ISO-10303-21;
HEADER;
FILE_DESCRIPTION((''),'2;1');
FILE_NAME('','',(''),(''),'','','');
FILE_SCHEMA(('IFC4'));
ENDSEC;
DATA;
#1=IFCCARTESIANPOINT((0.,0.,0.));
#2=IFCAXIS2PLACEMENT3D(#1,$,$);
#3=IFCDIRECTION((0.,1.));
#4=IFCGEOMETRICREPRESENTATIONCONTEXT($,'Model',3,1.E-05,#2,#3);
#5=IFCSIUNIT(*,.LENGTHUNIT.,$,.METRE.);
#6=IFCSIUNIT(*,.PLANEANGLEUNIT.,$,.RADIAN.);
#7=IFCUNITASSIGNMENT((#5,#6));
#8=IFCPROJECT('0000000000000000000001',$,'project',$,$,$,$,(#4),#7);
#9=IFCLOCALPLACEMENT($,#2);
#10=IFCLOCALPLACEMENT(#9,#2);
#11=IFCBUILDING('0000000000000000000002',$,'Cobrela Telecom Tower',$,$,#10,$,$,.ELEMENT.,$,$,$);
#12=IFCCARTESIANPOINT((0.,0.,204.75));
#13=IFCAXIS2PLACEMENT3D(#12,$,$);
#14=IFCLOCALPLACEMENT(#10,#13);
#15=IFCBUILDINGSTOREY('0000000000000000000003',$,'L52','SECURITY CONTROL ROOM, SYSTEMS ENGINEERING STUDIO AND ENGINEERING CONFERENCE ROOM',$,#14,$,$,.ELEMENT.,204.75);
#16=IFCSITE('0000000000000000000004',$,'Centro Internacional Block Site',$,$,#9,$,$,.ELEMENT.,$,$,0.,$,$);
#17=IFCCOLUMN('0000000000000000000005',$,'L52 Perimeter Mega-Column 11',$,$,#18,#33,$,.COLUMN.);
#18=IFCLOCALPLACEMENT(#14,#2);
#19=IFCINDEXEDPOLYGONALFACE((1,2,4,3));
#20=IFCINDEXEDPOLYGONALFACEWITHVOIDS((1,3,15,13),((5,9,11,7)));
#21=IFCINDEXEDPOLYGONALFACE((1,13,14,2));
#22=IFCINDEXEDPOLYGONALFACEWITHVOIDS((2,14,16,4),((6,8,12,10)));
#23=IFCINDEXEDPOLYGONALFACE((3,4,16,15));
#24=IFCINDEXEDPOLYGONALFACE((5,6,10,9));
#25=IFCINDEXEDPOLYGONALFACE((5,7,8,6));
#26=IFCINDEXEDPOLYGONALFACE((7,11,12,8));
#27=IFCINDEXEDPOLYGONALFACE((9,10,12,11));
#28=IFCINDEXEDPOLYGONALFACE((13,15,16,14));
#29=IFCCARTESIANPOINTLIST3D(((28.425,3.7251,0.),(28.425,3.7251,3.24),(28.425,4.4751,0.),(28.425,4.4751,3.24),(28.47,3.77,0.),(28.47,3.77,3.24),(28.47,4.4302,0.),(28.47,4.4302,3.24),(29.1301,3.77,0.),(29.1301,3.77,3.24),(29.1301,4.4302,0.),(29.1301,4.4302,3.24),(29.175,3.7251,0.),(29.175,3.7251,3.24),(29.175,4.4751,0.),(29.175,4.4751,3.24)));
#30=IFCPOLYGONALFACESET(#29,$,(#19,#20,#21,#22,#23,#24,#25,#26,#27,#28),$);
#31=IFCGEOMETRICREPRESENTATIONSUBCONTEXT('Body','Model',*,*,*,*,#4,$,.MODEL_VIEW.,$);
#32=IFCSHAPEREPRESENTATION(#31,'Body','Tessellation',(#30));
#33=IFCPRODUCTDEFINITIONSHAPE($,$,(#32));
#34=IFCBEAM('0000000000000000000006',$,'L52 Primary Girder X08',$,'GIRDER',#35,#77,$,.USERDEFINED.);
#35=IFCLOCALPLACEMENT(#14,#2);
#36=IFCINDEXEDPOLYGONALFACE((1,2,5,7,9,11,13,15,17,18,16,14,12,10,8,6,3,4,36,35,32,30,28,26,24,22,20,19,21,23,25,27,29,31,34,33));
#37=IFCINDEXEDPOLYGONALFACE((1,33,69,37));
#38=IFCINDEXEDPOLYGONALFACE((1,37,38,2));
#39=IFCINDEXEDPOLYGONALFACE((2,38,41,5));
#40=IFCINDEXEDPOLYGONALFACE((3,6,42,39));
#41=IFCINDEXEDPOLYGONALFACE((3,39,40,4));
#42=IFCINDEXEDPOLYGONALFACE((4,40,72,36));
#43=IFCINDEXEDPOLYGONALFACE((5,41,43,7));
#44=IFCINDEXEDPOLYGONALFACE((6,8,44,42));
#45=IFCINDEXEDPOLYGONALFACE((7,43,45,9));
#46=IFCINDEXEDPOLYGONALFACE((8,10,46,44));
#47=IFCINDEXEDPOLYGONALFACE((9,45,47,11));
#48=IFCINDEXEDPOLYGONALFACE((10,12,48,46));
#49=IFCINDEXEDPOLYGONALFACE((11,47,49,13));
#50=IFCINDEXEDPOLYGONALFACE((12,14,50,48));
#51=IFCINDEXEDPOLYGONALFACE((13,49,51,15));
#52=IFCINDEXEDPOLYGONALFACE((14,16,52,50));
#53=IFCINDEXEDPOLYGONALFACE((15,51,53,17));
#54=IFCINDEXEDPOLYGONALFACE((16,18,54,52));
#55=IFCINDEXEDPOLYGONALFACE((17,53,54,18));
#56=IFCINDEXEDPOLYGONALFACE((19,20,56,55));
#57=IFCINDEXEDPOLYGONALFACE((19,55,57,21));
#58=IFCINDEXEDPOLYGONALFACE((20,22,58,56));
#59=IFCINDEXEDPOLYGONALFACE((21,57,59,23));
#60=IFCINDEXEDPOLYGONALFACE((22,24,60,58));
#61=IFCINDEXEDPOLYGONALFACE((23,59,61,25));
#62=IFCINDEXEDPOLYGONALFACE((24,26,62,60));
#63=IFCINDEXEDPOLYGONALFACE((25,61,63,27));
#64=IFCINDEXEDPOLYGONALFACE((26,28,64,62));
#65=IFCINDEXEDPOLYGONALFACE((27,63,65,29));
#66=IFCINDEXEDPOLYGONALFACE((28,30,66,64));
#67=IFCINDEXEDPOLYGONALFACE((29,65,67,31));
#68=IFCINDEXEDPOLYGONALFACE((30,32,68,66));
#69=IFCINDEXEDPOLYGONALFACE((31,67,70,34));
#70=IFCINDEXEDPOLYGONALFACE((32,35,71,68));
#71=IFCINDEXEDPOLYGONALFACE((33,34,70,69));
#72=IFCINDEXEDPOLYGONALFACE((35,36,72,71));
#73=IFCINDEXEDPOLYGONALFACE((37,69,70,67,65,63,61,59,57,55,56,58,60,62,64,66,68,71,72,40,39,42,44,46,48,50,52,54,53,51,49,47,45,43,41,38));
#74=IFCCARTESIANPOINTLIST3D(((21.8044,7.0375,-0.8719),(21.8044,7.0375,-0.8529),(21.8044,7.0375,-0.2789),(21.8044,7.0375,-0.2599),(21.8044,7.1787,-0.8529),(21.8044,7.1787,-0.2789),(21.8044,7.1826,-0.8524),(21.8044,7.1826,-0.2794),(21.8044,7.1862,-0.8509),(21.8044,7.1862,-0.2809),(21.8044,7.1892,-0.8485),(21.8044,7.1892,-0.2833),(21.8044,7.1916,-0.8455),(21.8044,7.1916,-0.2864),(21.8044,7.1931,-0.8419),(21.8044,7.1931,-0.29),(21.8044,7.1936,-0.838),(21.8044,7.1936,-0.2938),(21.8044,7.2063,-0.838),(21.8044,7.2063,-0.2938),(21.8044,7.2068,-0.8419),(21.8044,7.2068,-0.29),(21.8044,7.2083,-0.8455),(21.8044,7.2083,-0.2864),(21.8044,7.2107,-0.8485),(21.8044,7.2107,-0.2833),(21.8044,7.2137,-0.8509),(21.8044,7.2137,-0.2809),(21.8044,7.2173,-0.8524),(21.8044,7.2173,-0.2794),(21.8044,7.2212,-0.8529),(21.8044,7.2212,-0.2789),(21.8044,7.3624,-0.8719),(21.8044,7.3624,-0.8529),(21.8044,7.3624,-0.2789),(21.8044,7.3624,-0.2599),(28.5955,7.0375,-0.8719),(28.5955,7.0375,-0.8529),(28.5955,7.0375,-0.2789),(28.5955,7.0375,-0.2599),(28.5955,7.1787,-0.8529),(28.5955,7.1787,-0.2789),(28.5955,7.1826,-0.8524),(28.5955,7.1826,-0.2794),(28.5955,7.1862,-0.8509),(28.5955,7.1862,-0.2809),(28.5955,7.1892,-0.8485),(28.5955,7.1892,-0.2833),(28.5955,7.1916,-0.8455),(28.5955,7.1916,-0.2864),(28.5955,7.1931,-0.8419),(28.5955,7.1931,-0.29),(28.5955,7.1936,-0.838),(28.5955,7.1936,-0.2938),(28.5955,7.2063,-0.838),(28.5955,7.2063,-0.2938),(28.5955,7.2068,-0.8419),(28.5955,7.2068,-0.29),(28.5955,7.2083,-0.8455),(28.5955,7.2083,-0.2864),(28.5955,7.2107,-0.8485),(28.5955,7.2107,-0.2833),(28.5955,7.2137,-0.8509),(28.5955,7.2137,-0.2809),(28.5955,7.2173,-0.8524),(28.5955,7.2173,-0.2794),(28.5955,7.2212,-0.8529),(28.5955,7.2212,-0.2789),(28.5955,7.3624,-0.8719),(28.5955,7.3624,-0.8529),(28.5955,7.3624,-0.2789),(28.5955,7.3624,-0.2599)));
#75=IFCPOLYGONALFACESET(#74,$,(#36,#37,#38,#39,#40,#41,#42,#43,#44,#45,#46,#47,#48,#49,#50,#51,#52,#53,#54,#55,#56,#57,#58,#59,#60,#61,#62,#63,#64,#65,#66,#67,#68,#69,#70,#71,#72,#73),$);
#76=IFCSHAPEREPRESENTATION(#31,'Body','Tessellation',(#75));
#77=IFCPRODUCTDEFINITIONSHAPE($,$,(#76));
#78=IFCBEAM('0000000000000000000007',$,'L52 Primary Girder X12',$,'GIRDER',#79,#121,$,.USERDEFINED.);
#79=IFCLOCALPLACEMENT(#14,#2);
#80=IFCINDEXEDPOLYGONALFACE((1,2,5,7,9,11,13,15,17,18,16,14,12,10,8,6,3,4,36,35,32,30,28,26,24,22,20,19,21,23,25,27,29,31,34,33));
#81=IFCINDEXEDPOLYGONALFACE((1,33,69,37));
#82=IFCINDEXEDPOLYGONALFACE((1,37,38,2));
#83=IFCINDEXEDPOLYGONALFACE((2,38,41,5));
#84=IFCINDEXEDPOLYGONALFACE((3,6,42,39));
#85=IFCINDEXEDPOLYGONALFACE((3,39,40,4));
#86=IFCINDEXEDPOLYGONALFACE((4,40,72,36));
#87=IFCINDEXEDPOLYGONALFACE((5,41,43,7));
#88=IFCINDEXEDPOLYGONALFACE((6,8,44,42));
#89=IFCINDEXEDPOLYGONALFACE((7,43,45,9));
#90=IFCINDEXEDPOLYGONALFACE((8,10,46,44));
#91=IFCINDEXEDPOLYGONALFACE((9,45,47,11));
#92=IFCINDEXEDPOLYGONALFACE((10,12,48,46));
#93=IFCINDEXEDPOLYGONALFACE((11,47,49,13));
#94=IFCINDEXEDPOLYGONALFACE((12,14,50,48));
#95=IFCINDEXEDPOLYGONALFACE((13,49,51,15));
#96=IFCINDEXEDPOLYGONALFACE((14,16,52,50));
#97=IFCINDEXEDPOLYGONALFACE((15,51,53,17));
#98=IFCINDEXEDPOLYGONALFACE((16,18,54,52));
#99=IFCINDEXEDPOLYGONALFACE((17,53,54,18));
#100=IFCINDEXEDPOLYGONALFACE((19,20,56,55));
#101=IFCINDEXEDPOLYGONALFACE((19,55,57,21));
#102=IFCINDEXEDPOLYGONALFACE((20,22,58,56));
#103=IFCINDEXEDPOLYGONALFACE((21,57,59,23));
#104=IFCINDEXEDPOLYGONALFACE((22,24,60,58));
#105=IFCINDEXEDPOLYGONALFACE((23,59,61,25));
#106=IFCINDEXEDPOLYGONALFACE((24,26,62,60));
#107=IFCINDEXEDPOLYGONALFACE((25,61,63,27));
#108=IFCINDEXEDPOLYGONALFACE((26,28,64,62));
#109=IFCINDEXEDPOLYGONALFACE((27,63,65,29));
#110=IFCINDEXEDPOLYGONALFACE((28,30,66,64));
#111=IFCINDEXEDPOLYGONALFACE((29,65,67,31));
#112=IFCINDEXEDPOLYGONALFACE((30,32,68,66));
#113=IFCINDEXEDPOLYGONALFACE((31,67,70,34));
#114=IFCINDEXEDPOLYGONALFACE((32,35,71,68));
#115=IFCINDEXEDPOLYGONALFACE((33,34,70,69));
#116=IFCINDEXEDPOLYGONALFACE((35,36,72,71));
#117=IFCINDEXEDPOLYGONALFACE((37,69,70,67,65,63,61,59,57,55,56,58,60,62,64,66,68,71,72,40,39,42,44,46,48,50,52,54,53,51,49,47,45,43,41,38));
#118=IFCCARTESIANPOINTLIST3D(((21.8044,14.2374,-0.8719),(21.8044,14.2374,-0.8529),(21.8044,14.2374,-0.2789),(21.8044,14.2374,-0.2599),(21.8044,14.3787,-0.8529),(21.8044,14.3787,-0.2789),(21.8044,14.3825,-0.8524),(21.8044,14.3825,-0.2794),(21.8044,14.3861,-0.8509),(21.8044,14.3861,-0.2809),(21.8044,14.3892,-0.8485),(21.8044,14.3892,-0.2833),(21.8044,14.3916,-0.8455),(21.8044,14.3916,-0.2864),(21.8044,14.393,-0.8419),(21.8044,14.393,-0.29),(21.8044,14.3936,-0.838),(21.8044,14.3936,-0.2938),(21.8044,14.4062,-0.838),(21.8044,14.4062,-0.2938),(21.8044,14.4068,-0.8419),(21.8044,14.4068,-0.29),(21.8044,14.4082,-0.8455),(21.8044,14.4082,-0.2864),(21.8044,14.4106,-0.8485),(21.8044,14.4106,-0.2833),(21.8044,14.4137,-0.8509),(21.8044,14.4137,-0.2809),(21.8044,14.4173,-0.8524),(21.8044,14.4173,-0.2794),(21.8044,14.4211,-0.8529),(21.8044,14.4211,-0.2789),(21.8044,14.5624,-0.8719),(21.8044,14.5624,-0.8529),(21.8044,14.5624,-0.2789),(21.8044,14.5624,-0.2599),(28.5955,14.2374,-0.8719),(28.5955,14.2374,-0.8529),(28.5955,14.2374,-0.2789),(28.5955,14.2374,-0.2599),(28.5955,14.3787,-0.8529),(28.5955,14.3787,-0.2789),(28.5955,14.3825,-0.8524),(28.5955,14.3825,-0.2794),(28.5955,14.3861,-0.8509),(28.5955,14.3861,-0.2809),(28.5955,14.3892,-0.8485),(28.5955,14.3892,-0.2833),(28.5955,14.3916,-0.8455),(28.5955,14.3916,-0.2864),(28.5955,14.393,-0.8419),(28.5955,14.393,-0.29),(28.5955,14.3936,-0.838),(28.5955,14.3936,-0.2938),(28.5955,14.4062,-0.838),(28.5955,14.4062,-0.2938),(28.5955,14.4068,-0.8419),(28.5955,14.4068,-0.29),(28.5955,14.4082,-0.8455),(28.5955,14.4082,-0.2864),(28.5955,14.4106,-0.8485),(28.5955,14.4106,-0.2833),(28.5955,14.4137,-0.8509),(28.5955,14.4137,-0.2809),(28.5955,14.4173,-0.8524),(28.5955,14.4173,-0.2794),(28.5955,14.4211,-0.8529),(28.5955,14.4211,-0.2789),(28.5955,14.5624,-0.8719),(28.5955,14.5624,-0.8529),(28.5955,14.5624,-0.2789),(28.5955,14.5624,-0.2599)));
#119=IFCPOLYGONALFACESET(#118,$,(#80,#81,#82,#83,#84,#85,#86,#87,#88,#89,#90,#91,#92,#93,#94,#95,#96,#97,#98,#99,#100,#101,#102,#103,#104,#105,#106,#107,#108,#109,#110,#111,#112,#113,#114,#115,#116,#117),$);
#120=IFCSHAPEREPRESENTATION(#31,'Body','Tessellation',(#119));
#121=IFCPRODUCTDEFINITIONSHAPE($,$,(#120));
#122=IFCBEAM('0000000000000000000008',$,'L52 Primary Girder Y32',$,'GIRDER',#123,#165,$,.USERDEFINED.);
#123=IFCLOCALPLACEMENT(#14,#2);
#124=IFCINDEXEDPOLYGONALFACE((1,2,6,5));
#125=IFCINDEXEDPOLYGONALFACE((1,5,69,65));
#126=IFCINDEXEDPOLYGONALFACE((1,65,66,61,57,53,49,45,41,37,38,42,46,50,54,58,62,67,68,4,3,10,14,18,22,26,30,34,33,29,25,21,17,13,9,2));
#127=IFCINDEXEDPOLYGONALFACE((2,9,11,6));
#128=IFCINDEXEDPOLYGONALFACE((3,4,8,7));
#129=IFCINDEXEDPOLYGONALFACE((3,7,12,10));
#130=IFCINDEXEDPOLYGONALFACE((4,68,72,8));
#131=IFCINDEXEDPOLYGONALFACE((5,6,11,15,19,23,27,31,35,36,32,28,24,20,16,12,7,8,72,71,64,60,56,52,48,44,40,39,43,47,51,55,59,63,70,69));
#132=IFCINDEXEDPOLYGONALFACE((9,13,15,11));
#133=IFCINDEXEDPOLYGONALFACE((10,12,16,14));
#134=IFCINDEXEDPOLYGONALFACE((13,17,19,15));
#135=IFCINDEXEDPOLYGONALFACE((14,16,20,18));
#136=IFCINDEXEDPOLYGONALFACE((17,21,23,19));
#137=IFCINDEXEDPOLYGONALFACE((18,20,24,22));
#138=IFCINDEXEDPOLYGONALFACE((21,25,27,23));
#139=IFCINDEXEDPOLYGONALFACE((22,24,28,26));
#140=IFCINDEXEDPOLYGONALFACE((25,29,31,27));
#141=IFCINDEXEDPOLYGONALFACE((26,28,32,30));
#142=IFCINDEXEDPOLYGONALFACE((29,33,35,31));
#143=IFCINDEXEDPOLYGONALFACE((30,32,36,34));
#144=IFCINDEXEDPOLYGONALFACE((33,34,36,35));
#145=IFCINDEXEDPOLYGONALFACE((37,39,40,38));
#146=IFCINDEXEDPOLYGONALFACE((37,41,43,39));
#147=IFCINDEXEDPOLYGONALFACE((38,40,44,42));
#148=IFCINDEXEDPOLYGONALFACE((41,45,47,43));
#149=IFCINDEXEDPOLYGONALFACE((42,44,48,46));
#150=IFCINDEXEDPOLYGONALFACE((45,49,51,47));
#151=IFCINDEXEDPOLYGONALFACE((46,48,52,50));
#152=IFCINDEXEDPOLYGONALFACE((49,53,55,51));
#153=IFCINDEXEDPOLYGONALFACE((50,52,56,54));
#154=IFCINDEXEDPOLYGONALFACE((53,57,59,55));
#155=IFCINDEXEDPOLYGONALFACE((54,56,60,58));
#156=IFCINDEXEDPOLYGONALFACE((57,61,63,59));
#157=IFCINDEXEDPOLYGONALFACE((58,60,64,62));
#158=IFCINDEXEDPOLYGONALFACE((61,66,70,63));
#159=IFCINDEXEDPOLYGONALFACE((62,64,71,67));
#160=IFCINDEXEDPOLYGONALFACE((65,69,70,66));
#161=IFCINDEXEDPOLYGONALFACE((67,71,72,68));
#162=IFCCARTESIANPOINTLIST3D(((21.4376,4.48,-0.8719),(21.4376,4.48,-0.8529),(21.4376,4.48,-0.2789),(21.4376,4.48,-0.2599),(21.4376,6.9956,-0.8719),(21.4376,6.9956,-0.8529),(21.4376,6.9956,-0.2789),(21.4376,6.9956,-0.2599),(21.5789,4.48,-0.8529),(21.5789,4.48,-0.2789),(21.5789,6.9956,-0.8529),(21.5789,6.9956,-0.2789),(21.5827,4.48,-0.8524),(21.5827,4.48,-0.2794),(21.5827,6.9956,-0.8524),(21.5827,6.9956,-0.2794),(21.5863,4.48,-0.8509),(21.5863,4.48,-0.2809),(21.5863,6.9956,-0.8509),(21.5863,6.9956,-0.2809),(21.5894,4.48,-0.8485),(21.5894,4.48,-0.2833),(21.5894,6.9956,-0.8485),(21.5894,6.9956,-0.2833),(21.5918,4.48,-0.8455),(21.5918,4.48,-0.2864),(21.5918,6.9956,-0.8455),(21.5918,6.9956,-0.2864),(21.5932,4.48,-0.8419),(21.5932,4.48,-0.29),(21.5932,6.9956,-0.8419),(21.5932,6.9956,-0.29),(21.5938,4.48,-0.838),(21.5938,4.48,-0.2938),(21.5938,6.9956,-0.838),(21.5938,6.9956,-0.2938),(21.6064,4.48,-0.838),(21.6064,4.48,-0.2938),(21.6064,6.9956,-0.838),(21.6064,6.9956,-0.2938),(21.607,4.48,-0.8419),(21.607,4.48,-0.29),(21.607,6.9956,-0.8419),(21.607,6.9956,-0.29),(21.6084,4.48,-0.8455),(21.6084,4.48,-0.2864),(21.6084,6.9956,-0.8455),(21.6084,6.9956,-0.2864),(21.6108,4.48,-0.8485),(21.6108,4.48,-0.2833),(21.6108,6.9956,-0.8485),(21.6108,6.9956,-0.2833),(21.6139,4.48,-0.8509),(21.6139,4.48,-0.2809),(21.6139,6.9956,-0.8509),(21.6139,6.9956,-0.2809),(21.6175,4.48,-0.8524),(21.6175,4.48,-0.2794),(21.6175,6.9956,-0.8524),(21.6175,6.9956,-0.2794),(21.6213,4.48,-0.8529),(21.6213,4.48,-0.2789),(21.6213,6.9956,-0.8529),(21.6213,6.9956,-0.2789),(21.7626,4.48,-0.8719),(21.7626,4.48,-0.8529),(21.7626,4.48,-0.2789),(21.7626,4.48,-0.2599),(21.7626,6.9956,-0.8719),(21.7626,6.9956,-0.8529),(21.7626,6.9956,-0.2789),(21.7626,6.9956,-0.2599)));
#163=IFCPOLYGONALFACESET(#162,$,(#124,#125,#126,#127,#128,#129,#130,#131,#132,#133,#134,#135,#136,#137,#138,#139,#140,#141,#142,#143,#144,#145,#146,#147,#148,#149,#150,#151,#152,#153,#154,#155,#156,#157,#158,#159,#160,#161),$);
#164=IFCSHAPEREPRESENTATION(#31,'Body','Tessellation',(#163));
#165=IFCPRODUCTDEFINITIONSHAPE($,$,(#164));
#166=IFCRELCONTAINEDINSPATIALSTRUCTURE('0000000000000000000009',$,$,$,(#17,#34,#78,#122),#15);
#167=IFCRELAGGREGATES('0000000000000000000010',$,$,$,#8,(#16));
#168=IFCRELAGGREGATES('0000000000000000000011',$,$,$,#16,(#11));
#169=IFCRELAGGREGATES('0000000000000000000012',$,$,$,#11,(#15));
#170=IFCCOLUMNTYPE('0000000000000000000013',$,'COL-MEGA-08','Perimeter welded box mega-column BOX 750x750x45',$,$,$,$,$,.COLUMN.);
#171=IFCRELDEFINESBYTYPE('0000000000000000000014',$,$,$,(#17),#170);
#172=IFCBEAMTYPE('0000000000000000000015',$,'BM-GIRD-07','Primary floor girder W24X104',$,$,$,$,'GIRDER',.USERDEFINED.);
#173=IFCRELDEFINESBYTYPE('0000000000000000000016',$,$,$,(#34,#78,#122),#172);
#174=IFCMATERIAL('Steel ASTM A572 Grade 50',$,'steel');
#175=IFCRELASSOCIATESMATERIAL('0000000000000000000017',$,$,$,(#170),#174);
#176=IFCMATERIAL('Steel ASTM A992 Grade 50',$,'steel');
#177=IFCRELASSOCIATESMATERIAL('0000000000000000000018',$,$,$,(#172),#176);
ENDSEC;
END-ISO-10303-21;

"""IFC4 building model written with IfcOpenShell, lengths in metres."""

from ifc_helpers import new_model, si_unit, direction, frame, origin, origin_2d, place, context, subcontext, project, spatial, hollow_rectangle, i_section, extrude, material, material_profile, profile_set, type_object, element, save


model = new_model("IFC4")

# Units and contexts
model_context = context("Model", 3, precision=1e-05, world=origin(), true_north=direction((0.0, 1.0)))
body_context = subcontext(model_context, "Body", "Model", "MODEL_VIEW")
ifc_project = project(units=[si_unit("LENGTHUNIT", "METRE"), si_unit("PLANEANGLEUNIT", "RADIAN")], contexts=[model_context])

# Site, building, storey
site_placement = place(None, origin())
site = spatial("IfcSite", under=ifc_project, at=site_placement, Name="Centro Internacional Block Site", CompositionType="ELEMENT", RefElevation=0.0)
building_placement = place(site_placement, origin())
building = spatial("IfcBuilding", under=site, at=building_placement, Name="Cobrela Telecom Tower", CompositionType="ELEMENT")
storey_placement = place(building_placement, frame((0.0, 0.0, 204.75)))
storey = spatial("IfcBuildingStorey", under=building, at=storey_placement, Name="L52", Description="SECURITY CONTROL ROOM, SYSTEMS ENGINEERING STUDIO AND ENGINEERING CONFERENCE ROOM", CompositionType="ELEMENT", Elevation=204.75)

# Column
ifc_material_1 = material(Name="Steel ASTM A992 Grade 50", Category="steel")
ifc_material_2 = material(Name="Steel ASTM A572 Grade 50", Category="steel")
ifc_material_profile_1 = material_profile(ifc_material_2, hollow_rectangle(XDim=0.75, YDim=0.75, WallThickness=0.0449, at=origin_2d()), Name="BOX 750x750x45")
ifc_profile_set_1 = profile_set([ifc_material_profile_1], Name="Steel ASTM A572 Grade 50")
column_type_1 = type_object("IfcColumnType", Name="COL-MEGA-08", Description="Perimeter welded box mega-column BOX 750x750x45", PredefinedType="COLUMN", material=ifc_profile_set_1)
for number, where, z_axis, x_axis, name in (
    (1, (28.8, 4.1001, 0.0), (0.0, 0.0, 1.0), (1.0, 0.0, 0.0), "L52 Perimeter Mega-Column 11"),
):
    element("IfcColumn", number, at=place(storey_placement, frame(where, z_axis=z_axis, x_axis=x_axis)), inside=storey, type_object=column_type_1, Name=name, PredefinedType="COLUMN", context=body_context, shape_type="SweptSolid", body=[
        extrude(hollow_rectangle(XDim=0.75, YDim=0.75, WallThickness=0.0449, at=origin_2d()), origin(), (0.0, 0.0, 1.0), 3.24),
    ])

# Beams
ifc_material_profile_2 = material_profile(ifc_material_1, i_section(OverallWidth=0.325, OverallDepth=0.6121, WebThickness=0.0127, FlangeThickness=0.019, FilletRadius=0.0149, at=origin_2d()), Name="W24X104")
ifc_profile_set_2 = profile_set([ifc_material_profile_2], Name="Steel ASTM A992 Grade 50")
beam_type_1 = type_object("IfcBeamType", Name="BM-GIRD-07", Description="Primary floor girder W24X104", ElementType="GIRDER", PredefinedType="USERDEFINED", material=ifc_profile_set_2)
for number, where, z_axis, x_axis, name in (
    (2, (21.8044, 7.2, -0.5659), (1.0, 0.0, 0.0), (0.0, 1.0, 0.0), "L52 Primary Girder X08"),
    (3, (21.8044, 14.3999, -0.5659), (1.0, 0.0, 0.0), (0.0, 1.0, 0.0), "L52 Primary Girder X12"),
):
    element("IfcBeam", number, at=place(storey_placement, frame(where, z_axis=z_axis, x_axis=x_axis)), inside=storey, type_object=beam_type_1, Name=name, ObjectType="GIRDER", PredefinedType="USERDEFINED", context=body_context, shape_type="SweptSolid", body=[
        extrude(i_section(OverallWidth=0.325, OverallDepth=0.6121, WebThickness=0.0127, FlangeThickness=0.019, FilletRadius=0.0149, at=origin_2d()), origin(), (0.0, 0.0, 1.0), 6.791),
    ])
beam_1_placement = place(storey_placement, frame((21.6001, 4.48, -0.5659), z_axis=(0.0, 1.0, 0.0), x_axis=(-1.0, 0.0, 0.0)))
element("IfcBeam", 4, at=beam_1_placement, inside=storey, type_object=beam_type_1, Name="L52 Primary Girder Y32", ObjectType="GIRDER", PredefinedType="USERDEFINED", context=body_context, shape_type="SweptSolid", body=[
    extrude(i_section(OverallWidth=0.325, OverallDepth=0.6121, WebThickness=0.0127, FlangeThickness=0.019, FilletRadius=0.0149, at=origin_2d()), origin(), (0.0, 0.0, 1.0), 2.5156),
])

save(model, "model.ifc")
